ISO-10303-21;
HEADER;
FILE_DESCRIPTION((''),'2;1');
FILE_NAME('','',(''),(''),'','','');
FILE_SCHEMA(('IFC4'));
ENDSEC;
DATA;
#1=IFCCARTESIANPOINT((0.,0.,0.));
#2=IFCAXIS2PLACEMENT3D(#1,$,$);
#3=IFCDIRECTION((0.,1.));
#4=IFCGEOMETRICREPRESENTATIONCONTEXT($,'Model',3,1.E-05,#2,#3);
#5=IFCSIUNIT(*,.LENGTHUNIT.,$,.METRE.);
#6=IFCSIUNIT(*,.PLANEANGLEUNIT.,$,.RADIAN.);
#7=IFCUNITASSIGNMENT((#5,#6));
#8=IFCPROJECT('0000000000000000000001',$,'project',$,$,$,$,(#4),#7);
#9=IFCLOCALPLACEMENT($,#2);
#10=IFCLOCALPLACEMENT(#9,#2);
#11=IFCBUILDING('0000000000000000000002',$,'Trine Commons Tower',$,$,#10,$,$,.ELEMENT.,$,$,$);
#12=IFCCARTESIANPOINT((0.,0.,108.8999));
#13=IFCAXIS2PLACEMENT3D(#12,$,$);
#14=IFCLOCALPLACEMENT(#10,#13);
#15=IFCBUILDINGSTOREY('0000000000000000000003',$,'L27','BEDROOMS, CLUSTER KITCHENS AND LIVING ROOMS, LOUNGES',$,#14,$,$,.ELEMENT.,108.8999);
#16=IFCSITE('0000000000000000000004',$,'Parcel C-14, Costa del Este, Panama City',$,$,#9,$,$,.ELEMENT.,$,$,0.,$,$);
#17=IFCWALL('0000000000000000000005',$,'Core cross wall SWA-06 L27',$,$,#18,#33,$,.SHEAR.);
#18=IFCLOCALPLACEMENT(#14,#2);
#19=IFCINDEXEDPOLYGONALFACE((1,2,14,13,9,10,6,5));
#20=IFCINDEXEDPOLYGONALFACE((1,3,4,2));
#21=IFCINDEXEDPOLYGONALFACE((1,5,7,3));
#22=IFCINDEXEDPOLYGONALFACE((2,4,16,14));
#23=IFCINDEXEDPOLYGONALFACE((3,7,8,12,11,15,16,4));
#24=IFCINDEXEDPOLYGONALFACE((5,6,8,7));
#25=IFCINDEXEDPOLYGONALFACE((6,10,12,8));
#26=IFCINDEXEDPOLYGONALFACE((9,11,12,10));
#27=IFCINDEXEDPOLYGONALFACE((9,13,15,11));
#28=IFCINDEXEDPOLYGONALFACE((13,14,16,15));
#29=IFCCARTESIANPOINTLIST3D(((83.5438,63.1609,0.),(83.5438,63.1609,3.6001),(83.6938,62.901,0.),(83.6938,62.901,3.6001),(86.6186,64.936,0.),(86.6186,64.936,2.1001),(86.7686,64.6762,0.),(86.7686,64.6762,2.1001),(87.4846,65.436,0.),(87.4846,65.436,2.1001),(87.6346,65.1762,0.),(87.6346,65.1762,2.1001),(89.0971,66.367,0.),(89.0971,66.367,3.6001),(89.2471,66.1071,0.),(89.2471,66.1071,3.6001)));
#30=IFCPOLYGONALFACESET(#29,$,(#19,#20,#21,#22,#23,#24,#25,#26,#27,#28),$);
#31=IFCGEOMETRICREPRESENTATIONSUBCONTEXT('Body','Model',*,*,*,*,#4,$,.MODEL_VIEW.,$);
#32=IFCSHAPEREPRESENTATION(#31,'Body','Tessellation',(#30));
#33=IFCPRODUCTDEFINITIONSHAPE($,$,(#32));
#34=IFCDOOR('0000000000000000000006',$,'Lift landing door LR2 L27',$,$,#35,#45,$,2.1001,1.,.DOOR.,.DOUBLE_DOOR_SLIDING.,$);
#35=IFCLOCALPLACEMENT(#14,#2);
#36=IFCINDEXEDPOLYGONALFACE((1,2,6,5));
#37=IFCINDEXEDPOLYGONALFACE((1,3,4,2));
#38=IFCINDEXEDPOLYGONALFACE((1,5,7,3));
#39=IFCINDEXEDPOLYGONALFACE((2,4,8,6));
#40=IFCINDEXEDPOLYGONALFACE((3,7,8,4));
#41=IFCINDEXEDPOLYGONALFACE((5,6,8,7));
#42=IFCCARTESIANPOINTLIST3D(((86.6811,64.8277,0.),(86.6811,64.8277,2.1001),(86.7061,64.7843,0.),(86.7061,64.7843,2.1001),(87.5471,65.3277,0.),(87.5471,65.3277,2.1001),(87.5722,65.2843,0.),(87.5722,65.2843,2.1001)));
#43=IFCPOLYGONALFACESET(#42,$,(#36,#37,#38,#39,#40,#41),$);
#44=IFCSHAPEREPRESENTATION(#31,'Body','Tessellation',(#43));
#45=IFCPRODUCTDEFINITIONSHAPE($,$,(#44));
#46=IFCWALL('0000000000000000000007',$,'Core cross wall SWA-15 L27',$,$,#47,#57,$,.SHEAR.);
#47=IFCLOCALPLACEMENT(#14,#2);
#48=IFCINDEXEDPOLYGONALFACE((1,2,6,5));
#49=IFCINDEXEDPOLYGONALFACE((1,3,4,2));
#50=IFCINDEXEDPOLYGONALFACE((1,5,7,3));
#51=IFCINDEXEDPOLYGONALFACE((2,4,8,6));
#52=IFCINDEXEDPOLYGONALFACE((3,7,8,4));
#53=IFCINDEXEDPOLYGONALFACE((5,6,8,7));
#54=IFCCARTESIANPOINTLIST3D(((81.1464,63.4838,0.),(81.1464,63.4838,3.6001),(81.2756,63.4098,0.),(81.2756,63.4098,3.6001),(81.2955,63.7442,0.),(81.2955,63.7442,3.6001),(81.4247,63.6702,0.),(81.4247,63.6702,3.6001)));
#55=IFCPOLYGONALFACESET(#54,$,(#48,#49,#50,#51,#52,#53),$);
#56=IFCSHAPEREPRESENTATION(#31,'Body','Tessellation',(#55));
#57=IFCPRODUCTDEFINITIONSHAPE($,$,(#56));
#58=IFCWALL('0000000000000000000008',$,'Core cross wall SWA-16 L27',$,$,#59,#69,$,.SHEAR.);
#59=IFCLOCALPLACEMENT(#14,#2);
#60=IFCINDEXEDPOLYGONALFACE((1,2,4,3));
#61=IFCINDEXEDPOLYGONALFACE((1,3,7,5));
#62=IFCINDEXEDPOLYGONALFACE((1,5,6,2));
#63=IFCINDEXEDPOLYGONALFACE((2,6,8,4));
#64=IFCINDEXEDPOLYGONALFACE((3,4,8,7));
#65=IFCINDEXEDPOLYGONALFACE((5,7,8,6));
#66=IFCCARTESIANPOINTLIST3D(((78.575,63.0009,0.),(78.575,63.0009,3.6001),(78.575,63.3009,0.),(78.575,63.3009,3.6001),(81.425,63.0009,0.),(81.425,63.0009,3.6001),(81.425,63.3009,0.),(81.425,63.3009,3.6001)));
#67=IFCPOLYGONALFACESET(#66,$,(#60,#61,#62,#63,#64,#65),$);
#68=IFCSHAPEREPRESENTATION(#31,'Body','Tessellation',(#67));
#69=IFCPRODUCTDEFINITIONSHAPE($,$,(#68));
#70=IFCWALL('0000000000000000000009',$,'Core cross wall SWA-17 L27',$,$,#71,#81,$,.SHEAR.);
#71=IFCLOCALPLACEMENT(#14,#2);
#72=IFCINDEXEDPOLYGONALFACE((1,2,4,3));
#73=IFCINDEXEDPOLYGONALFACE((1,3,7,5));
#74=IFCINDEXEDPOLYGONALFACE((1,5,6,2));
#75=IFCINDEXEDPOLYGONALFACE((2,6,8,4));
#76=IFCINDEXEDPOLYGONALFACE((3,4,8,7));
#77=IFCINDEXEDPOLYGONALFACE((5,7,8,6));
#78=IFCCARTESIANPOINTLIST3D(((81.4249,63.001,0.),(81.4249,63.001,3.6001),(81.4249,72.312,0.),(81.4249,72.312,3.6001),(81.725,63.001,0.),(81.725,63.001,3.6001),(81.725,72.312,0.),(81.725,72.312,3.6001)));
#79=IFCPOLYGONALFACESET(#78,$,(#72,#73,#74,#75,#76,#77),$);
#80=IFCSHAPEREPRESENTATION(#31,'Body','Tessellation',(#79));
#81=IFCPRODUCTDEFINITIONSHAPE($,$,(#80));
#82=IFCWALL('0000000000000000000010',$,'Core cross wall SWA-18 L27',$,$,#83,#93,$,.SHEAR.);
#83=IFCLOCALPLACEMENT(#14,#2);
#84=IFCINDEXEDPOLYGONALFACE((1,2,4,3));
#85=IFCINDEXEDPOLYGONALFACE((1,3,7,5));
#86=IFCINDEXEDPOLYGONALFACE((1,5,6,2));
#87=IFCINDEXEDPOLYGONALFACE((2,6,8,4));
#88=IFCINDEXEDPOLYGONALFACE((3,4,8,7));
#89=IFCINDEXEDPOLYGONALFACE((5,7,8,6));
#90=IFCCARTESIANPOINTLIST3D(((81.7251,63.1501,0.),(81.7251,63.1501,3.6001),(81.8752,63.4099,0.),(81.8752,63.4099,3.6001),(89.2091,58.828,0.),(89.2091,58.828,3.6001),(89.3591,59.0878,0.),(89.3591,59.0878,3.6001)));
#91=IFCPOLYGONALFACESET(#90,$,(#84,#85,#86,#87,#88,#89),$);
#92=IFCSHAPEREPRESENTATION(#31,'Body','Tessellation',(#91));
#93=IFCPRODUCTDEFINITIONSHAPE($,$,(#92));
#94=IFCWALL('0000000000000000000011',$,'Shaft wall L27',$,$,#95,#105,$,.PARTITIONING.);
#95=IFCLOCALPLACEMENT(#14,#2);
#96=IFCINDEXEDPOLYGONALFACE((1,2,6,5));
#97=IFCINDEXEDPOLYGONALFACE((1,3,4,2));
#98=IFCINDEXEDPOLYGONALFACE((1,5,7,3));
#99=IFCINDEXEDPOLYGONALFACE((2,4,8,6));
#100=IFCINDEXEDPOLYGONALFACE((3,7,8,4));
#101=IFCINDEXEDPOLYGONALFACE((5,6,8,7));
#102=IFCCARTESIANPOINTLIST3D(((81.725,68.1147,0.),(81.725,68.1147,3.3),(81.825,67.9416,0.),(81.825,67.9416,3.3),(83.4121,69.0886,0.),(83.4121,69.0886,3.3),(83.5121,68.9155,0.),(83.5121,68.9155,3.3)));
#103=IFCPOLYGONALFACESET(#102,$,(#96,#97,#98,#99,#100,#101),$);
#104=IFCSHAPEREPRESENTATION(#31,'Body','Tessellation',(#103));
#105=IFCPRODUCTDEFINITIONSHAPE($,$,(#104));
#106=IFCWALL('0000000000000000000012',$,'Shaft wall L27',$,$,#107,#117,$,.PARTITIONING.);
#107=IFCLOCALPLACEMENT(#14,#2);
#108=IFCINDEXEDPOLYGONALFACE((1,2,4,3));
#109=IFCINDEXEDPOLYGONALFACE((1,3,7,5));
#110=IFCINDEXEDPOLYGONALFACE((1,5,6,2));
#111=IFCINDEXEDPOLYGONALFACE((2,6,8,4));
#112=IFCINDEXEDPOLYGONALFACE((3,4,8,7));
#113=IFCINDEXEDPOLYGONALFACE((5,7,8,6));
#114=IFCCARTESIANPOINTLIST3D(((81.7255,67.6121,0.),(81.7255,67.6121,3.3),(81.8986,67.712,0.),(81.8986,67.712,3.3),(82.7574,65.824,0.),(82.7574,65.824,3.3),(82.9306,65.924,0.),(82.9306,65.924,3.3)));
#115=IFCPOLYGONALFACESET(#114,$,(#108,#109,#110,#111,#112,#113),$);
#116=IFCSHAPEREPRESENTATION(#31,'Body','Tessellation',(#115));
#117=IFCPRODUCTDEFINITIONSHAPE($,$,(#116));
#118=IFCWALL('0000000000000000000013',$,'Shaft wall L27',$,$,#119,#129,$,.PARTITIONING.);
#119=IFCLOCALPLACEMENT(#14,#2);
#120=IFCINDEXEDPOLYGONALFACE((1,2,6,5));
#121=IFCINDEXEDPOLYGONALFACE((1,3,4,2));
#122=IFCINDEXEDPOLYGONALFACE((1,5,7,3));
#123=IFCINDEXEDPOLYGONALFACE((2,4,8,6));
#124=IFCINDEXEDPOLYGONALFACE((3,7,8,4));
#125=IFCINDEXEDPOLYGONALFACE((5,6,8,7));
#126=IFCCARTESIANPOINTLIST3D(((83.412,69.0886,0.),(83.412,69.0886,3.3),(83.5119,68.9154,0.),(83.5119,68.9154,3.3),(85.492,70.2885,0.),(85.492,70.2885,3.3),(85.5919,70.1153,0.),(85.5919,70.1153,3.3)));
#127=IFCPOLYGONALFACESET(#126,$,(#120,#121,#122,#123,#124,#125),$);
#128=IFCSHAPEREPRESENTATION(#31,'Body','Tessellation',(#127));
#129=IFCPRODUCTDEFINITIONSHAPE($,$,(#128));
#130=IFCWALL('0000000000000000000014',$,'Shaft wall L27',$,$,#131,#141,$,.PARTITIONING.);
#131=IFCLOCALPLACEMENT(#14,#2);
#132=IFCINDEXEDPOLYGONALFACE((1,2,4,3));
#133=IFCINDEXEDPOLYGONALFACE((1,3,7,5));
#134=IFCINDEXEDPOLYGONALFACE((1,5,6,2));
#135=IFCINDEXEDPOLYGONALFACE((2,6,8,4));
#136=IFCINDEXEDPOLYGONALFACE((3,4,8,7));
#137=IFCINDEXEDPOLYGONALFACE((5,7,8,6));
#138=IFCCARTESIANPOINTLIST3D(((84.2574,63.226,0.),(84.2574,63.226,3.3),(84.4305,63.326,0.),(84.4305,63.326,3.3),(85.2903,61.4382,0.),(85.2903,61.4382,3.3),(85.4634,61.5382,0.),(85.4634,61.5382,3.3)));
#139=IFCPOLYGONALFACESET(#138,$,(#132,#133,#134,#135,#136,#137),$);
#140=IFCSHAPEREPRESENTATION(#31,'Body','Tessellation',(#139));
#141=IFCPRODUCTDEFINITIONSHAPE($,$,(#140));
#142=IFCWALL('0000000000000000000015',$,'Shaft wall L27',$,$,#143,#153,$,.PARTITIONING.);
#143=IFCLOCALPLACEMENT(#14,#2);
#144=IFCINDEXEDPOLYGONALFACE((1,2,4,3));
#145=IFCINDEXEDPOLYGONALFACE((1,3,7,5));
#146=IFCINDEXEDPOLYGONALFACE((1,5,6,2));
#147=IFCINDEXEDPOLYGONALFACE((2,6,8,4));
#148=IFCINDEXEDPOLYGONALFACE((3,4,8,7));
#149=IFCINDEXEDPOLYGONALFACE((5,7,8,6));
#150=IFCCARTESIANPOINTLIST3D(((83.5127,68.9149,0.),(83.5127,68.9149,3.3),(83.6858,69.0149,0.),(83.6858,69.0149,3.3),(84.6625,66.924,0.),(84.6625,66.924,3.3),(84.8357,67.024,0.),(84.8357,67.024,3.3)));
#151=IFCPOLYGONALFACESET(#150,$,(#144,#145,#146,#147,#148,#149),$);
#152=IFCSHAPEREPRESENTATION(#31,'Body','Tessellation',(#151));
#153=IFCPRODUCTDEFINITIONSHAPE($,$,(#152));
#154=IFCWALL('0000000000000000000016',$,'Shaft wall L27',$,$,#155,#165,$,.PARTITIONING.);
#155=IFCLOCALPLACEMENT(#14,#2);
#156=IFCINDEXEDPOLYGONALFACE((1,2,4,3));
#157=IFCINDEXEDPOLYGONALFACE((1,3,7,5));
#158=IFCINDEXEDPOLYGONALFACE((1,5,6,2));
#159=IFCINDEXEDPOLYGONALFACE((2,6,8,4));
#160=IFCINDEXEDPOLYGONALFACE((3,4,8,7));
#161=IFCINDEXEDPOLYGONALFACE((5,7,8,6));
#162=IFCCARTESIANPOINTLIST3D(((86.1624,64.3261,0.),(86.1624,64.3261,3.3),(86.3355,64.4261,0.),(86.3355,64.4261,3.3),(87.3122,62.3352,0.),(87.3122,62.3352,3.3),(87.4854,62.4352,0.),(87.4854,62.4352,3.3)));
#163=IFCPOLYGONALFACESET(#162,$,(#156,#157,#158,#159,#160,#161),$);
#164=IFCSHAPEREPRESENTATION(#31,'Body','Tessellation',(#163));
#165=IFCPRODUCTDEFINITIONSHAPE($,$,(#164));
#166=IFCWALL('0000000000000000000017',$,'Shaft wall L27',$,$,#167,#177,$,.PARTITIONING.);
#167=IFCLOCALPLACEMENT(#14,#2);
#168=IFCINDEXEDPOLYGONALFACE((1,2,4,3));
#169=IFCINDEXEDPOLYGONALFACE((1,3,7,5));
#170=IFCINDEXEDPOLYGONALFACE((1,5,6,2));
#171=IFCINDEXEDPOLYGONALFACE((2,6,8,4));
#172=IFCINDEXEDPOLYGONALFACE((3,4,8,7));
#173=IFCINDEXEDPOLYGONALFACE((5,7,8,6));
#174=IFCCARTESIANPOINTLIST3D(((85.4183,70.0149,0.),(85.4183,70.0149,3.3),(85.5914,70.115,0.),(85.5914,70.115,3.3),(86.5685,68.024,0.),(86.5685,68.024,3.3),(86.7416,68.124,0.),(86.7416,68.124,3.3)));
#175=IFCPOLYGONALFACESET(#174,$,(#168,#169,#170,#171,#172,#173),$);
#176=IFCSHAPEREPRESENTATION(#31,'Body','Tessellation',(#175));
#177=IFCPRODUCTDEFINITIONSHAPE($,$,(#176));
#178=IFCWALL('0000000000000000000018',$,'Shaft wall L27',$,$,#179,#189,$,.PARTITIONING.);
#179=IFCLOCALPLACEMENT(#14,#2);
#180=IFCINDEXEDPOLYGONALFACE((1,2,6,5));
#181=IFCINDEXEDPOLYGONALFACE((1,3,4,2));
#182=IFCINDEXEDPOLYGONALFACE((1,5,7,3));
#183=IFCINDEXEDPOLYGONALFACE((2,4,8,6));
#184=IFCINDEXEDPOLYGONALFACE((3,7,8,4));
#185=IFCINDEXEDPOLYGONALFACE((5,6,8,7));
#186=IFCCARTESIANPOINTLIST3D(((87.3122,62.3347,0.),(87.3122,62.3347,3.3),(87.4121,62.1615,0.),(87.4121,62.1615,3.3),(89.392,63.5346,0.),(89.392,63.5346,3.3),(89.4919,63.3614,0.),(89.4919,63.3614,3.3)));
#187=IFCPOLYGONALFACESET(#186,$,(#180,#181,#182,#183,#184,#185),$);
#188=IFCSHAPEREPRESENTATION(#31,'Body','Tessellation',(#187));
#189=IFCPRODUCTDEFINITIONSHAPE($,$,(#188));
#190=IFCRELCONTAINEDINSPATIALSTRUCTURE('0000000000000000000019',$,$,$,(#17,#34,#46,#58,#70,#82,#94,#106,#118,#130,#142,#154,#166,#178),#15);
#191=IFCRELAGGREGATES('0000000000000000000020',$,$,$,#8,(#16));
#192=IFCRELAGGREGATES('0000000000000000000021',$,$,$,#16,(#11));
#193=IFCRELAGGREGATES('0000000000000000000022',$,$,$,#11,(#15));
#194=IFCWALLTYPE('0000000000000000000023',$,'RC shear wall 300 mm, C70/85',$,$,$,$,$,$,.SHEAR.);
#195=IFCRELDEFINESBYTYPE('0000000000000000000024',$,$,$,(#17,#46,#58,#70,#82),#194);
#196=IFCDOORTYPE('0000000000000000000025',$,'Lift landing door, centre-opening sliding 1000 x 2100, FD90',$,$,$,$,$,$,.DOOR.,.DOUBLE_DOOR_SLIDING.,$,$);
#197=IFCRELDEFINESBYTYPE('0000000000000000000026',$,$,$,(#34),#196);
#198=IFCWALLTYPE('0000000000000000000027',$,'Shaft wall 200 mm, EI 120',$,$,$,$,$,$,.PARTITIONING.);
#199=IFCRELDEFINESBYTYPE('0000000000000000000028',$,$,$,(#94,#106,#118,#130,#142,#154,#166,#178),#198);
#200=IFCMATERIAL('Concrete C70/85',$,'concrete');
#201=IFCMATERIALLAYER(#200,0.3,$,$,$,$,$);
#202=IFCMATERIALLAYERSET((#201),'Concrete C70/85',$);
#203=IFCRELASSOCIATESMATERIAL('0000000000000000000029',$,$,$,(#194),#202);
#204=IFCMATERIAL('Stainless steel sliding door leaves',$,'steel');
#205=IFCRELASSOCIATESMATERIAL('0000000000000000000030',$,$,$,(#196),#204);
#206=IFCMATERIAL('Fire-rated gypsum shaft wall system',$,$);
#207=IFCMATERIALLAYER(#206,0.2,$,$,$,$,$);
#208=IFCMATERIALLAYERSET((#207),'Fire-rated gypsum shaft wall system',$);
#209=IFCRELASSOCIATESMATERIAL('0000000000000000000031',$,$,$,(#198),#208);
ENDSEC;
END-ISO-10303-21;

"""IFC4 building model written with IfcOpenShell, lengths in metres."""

from ifc_helpers import new_model, si_unit, direction, frame, frame_2d, origin, place, context, subcontext, project, spatial, rectangle, extrude, material, layer, layer_set, type_object, element, fill, save


model = new_model("IFC4")

# Units and contexts
model_context = context("Model", 3, precision=1e-05, world=origin(), true_north=direction((0.0, 1.0)))
body_context = subcontext(model_context, "Body", "Model", "MODEL_VIEW")
ifc_project = project(units=[si_unit("LENGTHUNIT", "METRE"), si_unit("PLANEANGLEUNIT", "RADIAN")], contexts=[model_context])

# Site, building, storey
site_placement = place(None, origin())
site = spatial("IfcSite", under=ifc_project, at=site_placement, Name="Parcel C-14, Costa del Este, Panama City", CompositionType="ELEMENT", RefElevation=0.0)
building_placement = place(site_placement, origin())
building = spatial("IfcBuilding", under=site, at=building_placement, Name="Trine Commons Tower", CompositionType="ELEMENT")
storey_placement = place(building_placement, frame((0.0, 0.0, 108.8999)))
storey = spatial("IfcBuildingStorey", under=building, at=storey_placement, Name="L27", Description="BEDROOMS, CLUSTER KITCHENS AND LIVING ROOMS, LOUNGES", CompositionType="ELEMENT", Elevation=108.8999)

# Wall, opening, door
ifc_material_1 = material(Name="Fire-rated gypsum shaft wall system")
ifc_material_2 = material(Name="Concrete C70/85", Category="concrete")
ifc_layer_1 = layer(ifc_material_2, 0.3)
ifc_layer_set_1 = layer_set([ifc_layer_1], Name="Concrete C70/85")
wall_type_1 = type_object("IfcWallType", Name="RC shear wall 300 mm, C70/85", PredefinedType="SHEAR", material=ifc_layer_set_1)
ifc_material_3 = material(Name="Stainless steel sliding door leaves", Category="steel")
door_type_1 = type_object("IfcDoorType", Name="Lift landing door, centre-opening sliding 1000 x 2100, FD90", OperationType="DOUBLE_DOOR_SLIDING", PredefinedType="DOOR", material=ifc_material_3)
wall_1_placement = place(storey_placement, frame((83.6189, 63.031, 0.0), z_axis=(0.0, 0.0, 1.0), x_axis=(0.866032, 0.499988, 0.0)))
wall_1 = element("IfcWall", 1, at=wall_1_placement, inside=storey, type_object=wall_type_1, Name="Core cross wall SWA-06 L27", PredefinedType="SHEAR", context=body_context, shape_type="SweptSolid", body=[
    extrude(rectangle(XDim=6.4124, YDim=0.3, at=frame_2d((3.2061, 0.0))), origin(), (0.0, 0.0, 1.0), 3.6001),
])
opening_1_placement = place(wall_1_placement, frame((3.5503, 0.0, 0.0)))
opening_1 = element("IfcOpeningElement", 2, at=opening_1_placement, cuts=wall_1, PredefinedType="OPENING", context=body_context, shape_type="SweptSolid", body=[
    extrude(rectangle(XDim=1.0, YDim=2.1001, at=frame_2d((0.5, 1.05))), frame((0.0, 0.1599, 0.0), z_axis=(0.0, -1.0, 0.0), x_axis=(1.0, 0.0, 0.0)), (0.0, 0.0, 1.0), 0.3201),
])
door_1_placement = place(opening_1_placement, origin())
door_1 = element("IfcDoor", 3, at=door_1_placement, inside=storey, type_object=door_type_1, Name="Lift landing door LR2 L27", OperationType="DOUBLE_DOOR_SLIDING", OverallHeight=2.1001, OverallWidth=1.0, PredefinedType="DOOR", context=body_context, shape_type="SweptSolid", body=[
    extrude(rectangle(XDim=1.0, YDim=2.1001, at=frame_2d((0.5, 1.05))), frame((0.0, 0.0249, 0.0), z_axis=(0.0, -1.0, 0.0), x_axis=(1.0, 0.0, 0.0)), (0.0, 0.0, 1.0), 0.05),
])
fill(opening_1, door_1)

# Walls
wall_2_placement = place(storey_placement, frame((81.2209, 63.614, 0.0), z_axis=(0.0, 0.0, 1.0), x_axis=(0.867738, -0.497022, 0.0)))
element("IfcWall", 4, at=wall_2_placement, inside=storey, type_object=wall_type_1, Name="Core cross wall SWA-15 L27", PredefinedType="SHEAR", context=body_context, shape_type="SweptSolid", body=[
    extrude(rectangle(XDim=0.1489, YDim=0.3, at=frame_2d((0.0745, 0.0))), origin(), (0.0, 0.0, 1.0), 3.6001),
])
wall_3_placement = place(storey_placement, frame((81.425, 63.1509, 0.0), z_axis=(0.0, 0.0, 1.0), x_axis=(-1.0, 0.0, 0.0)))
element("IfcWall", 5, at=wall_3_placement, inside=storey, type_object=wall_type_1, Name="Core cross wall SWA-16 L27", PredefinedType="SHEAR", context=body_context, shape_type="SweptSolid", body=[
    extrude(rectangle(XDim=2.8501, YDim=0.3, at=frame_2d((1.425, 0.0))), origin(), (0.0, 0.0, 1.0), 3.6001),
])
wall_4_placement = place(storey_placement, frame((81.575, 63.001, 0.0), z_axis=(0.0, 0.0, 1.0), x_axis=(0.0, 1.0, 0.0)))
element("IfcWall", 6, at=wall_4_placement, inside=storey, type_object=wall_type_1, Name="Core cross wall SWA-17 L27", PredefinedType="SHEAR", context=body_context, shape_type="SweptSolid", body=[
    extrude(rectangle(XDim=9.311, YDim=0.3, at=frame_2d((4.6555, 0.0))), origin(), (0.0, 0.0, 1.0), 3.6001),
])
wall_5_placement = place(storey_placement, frame((81.8, 63.28, 0.0), z_axis=(0.0, 0.0, 1.0), x_axis=(0.865965, -0.500104, 0.0)))
element("IfcWall", 7, at=wall_5_placement, inside=storey, type_object=wall_type_1, Name="Core cross wall SWA-18 L27", PredefinedType="SHEAR", context=body_context, shape_type="SweptSolid", body=[
    extrude(rectangle(XDim=8.6423, YDim=0.3, at=frame_2d((4.3213, 0.0))), origin(), (0.0, 0.0, 1.0), 3.6001),
])
ifc_layer_2 = layer(ifc_material_1, 0.2)
ifc_layer_set_2 = layer_set([ifc_layer_2], Name="Fire-rated gypsum shaft wall system")
wall_type_2 = type_object("IfcWallType", Name="Shaft wall 200 mm, EI 120", PredefinedType="PARTITIONING", material=ifc_layer_set_2)
wall_6_placement = place(storey_placement, frame((81.7749, 68.0281, 0.0), z_axis=(0.0, 0.0, 1.0), x_axis=(0.866052, 0.499954, 0.0)))
element("IfcWall", 8, at=wall_6_placement, inside=storey, type_object=wall_type_2, Name="Shaft wall L27", PredefinedType="PARTITIONING", context=body_context, shape_type="SweptSolid", body=[
    extrude(rectangle(XDim=1.948, YDim=0.2, at=frame_2d((0.9741, 0.0))), origin(), (0.0, 0.0, 1.0), 3.3),
])
wall_7_placement = place(storey_placement, frame((82.844, 65.874, 0.0), z_axis=(0.0, 0.0, 1.0), x_axis=(-0.499866, 0.866103, 0.0)))
element("IfcWall", 9, at=wall_7_placement, inside=storey, type_object=wall_type_2, Name="Shaft wall L27", PredefinedType="PARTITIONING", context=body_context, shape_type="SweptSolid", body=[
    extrude(rectangle(XDim=2.0645, YDim=0.2, at=frame_2d((1.0322, 0.0))), origin(), (0.0, 0.0, 1.0), 3.3),
])
wall_8_placement = place(storey_placement, frame((83.4619, 69.002, 0.0), z_axis=(0.0, 0.0, 1.0), x_axis=(0.866203, 0.499693, 0.0)))
element("IfcWall", 10, at=wall_8_placement, inside=storey, type_object=wall_type_2, Name="Shaft wall L27", PredefinedType="PARTITIONING", context=body_context, shape_type="SweptSolid", body=[
    extrude(rectangle(XDim=2.4014, YDim=0.2, at=frame_2d((1.2007, 0.0))), origin(), (0.0, 0.0, 1.0), 3.3),
])
wall_9_placement = place(storey_placement, frame((84.344, 63.2759, 0.0), z_axis=(0.0, 0.0, 1.0), x_axis=(0.500272, -0.865868, 0.0)))
element("IfcWall", 11, at=wall_9_placement, inside=storey, type_object=wall_type_2, Name="Shaft wall L27", PredefinedType="PARTITIONING", context=body_context, shape_type="SweptSolid", body=[
    extrude(rectangle(XDim=2.0647, YDim=0.2, at=frame_2d((1.0322, 0.0))), origin(), (0.0, 0.0, 1.0), 3.3),
])
for number, where, z_axis, x_axis, name in (
    (12, (84.749, 66.9741, 0.0), (0.0, 0.0, 1.0), (-0.500136, 0.865947, 0.0), "Shaft wall L27"),
    (13, (86.249, 64.376, 0.0), (0.0, 0.0, 1.0), (0.500136, -0.865947, 0.0), "Shaft wall L27"),
):
    element("IfcWall", number, at=place(storey_placement, frame(where, z_axis=z_axis, x_axis=x_axis)), inside=storey, type_object=wall_type_2, Name=name, PredefinedType="PARTITIONING", context=body_context, shape_type="SweptSolid", body=[
        extrude(rectangle(XDim=2.2991, YDim=0.2, at=frame_2d((1.1494, 0.0))), origin(), (0.0, 0.0, 1.0), 3.3),
    ])
wall_10_placement = place(storey_placement, frame((86.655, 68.074, 0.0), z_axis=(0.0, 0.0, 1.0), x_axis=(-0.500216, 0.865901, 0.0)))
element("IfcWall", 14, at=wall_10_placement, inside=storey, type_object=wall_type_2, Name="Shaft wall L27", PredefinedType="PARTITIONING", context=body_context, shape_type="SweptSolid", body=[
    extrude(rectangle(XDim=2.2993, YDim=0.2, at=frame_2d((1.1497, 0.0))), origin(), (0.0, 0.0, 1.0), 3.3),
])
wall_11_placement = place(storey_placement, frame((87.3621, 62.248, 0.0), z_axis=(0.0, 0.0, 1.0), x_axis=(0.866177, 0.499737, 0.0)))
element("IfcWall", 15, at=wall_11_placement, inside=storey, type_object=wall_type_2, Name="Shaft wall L27", PredefinedType="PARTITIONING", context=body_context, shape_type="SweptSolid", body=[
    extrude(rectangle(XDim=2.4011, YDim=0.2, at=frame_2d((1.2007, 0.0))), origin(), (0.0, 0.0, 1.0), 3.3),
])

save(model, "model.ifc")
